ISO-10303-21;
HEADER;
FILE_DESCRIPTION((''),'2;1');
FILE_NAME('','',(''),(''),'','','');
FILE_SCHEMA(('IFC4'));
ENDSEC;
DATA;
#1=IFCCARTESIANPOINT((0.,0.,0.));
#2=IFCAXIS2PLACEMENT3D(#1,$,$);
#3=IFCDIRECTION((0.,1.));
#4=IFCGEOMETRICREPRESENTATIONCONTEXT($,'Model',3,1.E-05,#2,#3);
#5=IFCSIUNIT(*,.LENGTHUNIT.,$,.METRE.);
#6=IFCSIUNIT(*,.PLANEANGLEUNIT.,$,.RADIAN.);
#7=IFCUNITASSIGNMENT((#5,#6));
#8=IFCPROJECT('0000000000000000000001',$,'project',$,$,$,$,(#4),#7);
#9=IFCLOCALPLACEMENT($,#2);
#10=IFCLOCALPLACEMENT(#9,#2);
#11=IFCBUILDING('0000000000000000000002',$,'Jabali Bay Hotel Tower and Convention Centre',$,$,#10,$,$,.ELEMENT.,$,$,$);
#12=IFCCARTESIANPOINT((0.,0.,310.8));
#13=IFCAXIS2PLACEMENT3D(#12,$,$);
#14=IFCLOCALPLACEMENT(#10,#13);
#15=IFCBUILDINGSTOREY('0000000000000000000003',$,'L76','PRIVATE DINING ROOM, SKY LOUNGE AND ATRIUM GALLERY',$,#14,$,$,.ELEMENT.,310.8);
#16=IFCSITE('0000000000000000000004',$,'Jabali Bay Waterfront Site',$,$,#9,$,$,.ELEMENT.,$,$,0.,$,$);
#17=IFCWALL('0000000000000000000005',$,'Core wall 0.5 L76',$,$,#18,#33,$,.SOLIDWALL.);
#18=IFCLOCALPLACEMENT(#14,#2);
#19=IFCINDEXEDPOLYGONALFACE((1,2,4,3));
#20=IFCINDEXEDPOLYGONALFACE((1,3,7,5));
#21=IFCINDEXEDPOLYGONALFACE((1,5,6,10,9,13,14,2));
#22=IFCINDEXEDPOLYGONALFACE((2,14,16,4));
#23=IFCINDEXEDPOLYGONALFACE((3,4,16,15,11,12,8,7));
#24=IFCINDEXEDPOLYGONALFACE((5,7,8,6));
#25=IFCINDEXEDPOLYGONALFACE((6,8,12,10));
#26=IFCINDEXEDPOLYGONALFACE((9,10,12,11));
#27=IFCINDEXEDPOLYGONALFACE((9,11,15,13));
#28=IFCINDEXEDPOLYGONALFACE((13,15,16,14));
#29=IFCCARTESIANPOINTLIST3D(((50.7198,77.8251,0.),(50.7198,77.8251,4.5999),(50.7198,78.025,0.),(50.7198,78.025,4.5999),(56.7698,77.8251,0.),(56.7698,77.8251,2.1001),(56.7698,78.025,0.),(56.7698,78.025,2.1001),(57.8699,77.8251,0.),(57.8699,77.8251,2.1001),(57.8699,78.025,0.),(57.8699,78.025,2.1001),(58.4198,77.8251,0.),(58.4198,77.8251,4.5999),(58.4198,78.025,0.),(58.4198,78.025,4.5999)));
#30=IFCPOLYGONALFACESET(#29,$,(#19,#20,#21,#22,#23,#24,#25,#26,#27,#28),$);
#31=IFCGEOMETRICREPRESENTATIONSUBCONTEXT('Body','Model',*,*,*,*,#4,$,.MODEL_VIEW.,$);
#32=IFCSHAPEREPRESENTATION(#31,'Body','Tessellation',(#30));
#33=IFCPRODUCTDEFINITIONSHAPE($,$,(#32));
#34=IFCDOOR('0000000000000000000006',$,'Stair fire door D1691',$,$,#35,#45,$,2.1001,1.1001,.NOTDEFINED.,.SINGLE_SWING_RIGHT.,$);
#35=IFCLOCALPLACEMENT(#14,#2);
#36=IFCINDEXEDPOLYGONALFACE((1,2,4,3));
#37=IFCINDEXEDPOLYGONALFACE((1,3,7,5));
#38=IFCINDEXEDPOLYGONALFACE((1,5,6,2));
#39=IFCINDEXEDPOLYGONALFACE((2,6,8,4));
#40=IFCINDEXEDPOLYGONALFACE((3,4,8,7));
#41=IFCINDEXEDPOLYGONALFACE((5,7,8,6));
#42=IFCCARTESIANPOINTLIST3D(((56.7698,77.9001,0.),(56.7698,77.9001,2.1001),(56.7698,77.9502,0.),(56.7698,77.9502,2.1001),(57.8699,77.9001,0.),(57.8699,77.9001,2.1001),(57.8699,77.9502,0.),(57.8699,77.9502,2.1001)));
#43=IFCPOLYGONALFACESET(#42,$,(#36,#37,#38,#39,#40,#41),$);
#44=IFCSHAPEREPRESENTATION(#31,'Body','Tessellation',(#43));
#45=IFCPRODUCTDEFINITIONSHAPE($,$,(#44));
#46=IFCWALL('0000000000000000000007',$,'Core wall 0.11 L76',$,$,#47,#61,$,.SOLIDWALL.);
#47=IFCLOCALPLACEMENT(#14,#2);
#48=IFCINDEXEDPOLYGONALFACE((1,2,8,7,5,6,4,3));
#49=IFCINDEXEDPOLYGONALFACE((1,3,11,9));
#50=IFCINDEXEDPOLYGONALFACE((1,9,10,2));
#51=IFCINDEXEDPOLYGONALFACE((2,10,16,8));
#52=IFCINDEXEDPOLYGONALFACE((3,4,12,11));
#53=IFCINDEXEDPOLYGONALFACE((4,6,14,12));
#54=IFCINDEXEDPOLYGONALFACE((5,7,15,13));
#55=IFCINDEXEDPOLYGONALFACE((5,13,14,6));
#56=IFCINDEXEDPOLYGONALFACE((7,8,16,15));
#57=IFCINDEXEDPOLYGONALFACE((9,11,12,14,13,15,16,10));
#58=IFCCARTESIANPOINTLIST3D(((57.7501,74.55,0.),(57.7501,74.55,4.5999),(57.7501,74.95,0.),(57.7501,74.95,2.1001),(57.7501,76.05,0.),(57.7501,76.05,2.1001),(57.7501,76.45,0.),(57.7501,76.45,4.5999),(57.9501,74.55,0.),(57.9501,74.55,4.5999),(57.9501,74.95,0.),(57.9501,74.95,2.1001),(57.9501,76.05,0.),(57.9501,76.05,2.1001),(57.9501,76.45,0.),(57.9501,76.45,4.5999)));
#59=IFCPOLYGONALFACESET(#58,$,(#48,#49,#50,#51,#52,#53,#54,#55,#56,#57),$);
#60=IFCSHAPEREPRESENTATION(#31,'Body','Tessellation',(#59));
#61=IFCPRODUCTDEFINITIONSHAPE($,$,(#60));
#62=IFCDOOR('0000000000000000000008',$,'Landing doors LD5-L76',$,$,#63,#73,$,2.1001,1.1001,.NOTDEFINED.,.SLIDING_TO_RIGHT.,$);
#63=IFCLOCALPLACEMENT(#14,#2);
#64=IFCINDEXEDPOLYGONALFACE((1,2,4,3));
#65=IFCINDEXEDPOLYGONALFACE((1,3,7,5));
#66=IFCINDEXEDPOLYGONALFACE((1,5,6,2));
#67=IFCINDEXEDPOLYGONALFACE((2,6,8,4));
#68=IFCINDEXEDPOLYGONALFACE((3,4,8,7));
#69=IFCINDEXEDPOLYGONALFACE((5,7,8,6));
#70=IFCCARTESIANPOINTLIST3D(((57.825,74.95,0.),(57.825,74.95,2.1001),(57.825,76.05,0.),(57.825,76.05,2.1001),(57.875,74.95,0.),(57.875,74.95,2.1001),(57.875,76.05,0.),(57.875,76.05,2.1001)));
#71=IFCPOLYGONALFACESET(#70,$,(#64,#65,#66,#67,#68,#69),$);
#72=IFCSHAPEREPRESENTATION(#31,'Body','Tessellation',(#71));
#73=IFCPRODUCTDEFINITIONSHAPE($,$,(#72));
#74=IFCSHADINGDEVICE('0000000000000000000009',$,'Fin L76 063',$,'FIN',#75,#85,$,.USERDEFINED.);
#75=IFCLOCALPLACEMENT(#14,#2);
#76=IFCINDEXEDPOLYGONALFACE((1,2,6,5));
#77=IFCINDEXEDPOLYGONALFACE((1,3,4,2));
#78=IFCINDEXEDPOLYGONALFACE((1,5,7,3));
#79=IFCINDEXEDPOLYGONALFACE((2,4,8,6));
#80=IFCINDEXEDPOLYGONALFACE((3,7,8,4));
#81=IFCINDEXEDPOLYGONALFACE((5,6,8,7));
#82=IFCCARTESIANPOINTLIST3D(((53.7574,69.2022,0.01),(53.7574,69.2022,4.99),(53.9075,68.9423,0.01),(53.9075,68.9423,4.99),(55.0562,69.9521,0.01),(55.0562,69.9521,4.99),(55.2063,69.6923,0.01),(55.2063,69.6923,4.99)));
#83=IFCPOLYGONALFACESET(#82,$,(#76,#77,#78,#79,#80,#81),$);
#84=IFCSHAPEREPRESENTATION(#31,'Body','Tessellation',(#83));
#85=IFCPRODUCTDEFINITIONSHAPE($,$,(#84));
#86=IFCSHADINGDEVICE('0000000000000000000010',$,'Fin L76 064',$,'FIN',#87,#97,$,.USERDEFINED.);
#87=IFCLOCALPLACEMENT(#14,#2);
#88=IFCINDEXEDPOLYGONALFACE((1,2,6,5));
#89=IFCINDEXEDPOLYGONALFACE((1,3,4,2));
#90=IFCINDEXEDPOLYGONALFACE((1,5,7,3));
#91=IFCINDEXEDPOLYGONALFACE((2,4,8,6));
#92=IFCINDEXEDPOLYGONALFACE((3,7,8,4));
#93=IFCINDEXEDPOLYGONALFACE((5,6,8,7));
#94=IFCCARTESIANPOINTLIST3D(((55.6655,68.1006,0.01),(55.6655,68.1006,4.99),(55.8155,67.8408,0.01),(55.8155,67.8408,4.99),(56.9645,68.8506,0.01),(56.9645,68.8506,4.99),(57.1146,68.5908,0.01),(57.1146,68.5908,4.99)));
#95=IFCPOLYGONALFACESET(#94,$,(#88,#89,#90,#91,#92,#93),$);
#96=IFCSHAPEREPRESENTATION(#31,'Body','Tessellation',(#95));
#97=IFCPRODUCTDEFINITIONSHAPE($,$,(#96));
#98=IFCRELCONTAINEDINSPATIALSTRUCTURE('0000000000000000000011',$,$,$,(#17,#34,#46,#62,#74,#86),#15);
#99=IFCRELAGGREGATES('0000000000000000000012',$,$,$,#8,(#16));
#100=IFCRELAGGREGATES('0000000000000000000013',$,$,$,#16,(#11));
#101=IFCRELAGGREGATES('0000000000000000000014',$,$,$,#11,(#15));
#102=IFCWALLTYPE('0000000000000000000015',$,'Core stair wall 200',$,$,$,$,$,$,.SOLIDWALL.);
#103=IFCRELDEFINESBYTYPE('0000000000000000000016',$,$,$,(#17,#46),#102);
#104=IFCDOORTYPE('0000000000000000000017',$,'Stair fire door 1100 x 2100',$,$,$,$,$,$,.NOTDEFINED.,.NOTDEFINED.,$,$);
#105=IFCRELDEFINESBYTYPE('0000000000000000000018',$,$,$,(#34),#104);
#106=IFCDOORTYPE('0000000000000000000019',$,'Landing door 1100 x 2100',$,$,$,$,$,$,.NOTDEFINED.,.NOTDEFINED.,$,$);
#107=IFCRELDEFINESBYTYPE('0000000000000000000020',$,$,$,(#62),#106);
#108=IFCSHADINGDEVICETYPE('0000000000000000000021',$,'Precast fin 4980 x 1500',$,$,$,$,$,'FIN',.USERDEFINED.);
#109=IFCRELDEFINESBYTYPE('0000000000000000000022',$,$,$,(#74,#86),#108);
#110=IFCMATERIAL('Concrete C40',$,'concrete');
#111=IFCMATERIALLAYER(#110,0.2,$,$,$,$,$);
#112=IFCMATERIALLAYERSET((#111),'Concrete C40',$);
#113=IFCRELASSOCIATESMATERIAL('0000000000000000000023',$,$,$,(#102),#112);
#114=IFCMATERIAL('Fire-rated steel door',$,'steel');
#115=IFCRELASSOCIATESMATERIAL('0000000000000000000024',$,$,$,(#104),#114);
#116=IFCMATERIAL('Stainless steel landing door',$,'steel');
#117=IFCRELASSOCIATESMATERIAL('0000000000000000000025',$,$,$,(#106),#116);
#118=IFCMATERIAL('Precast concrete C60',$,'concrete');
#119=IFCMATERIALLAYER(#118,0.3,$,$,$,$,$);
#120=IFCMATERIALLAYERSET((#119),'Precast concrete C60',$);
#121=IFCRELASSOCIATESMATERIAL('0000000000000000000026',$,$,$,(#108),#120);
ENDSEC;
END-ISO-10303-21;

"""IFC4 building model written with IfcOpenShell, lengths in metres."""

from ifc_helpers import new_model, si_unit, direction, frame, frame_2d, origin, place, context, subcontext, project, spatial, rectangle, extrude, material, layer, layer_set, type_object, element, fill, save


model = new_model("IFC4")

# Units and contexts
model_context = context("Model", 3, precision=1e-05, world=origin(), true_north=direction((0.0, 1.0)))
body_context = subcontext(model_context, "Body", "Model", "MODEL_VIEW")
ifc_project = project(units=[si_unit("LENGTHUNIT", "METRE"), si_unit("PLANEANGLEUNIT", "RADIAN")], contexts=[model_context])

# Site, building, storey
site_placement = place(None, origin())
site = spatial("IfcSite", under=ifc_project, at=site_placement, Name="Jabali Bay Waterfront Site", CompositionType="ELEMENT", RefElevation=0.0)
building_placement = place(site_placement, origin())
building = spatial("IfcBuilding", under=site, at=building_placement, Name="Jabali Bay Hotel Tower and Convention Centre", CompositionType="ELEMENT")
storey_placement = place(building_placement, frame((0.0, 0.0, 310.8)))
storey = spatial("IfcBuildingStorey", under=building, at=storey_placement, Name="L76", Description="PRIVATE DINING ROOM, SKY LOUNGE AND ATRIUM GALLERY", CompositionType="ELEMENT", Elevation=310.8)

# Walls, openings, doors
ifc_material_1 = material(Name="Concrete C40", Category="concrete")
ifc_material_2 = material(Name="Fire-rated steel door", Category="steel")
ifc_layer_1 = layer(ifc_material_1, 0.2)
ifc_layer_set_1 = layer_set([ifc_layer_1], Name="Concrete C40")
wall_type_1 = type_object("IfcWallType", Name="Core stair wall 200", PredefinedType="SOLIDWALL", material=ifc_layer_set_1)
wall_1_placement = place(storey_placement, frame((58.4199, 77.925, 0.0), z_axis=(0.0, 0.0, 1.0), x_axis=(-1.0, 0.0, 0.0)))
wall_1 = element("IfcWall", 1, at=wall_1_placement, inside=storey, type_object=wall_type_1, Name="Core wall 0.5 L76", PredefinedType="SOLIDWALL", context=body_context, shape_type="SweptSolid", body=[
    extrude(rectangle(XDim=7.7, YDim=0.2, at=frame_2d((3.8501, 0.0))), origin(), (0.0, 0.0, 1.0), 4.5999),
])
opening_1_placement = place(wall_1_placement, frame((0.55, 0.0, 0.0)))
opening_1 = element("IfcOpeningElement", 2, at=opening_1_placement, cuts=wall_1, PredefinedType="OPENING", context=body_context, shape_type="SweptSolid", body=[
    extrude(rectangle(XDim=1.1001, YDim=2.1001, at=frame_2d((0.55, 1.05))), frame((0.0, 0.1104, 0.0), z_axis=(0.0, -1.0, 0.0), x_axis=(1.0, 0.0, 0.0)), (0.0, 0.0, 1.0), 0.2209),
])
door_type_1 = type_object("IfcDoorType", Name="Stair fire door 1100 x 2100", OperationType="NOTDEFINED", PredefinedType="NOTDEFINED", material=ifc_material_2)
door_1_placement = place(opening_1_placement, origin())
door_1 = element("IfcDoor", 3, at=door_1_placement, inside=storey, type_object=door_type_1, Name="Stair fire door D1691", OperationType="SINGLE_SWING_RIGHT", OverallHeight=2.1001, OverallWidth=1.1001, PredefinedType="NOTDEFINED", context=body_context, shape_type="SweptSolid", body=[
    extrude(rectangle(XDim=1.1001, YDim=2.1001, at=frame_2d((0.55, 1.05))), frame((0.0, 0.0249, 0.0), z_axis=(0.0, -1.0, 0.0), x_axis=(1.0, 0.0, 0.0)), (0.0, 0.0, 1.0), 0.05),
])
fill(opening_1, door_1)
wall_2_placement = place(storey_placement, frame((57.8501, 76.45, 0.0), z_axis=(0.0, 0.0, 1.0), x_axis=(0.0, -1.0, 0.0)))
wall_2 = element("IfcWall", 4, at=wall_2_placement, inside=storey, type_object=wall_type_1, Name="Core wall 0.11 L76", PredefinedType="SOLIDWALL", context=body_context, shape_type="SweptSolid", body=[
    extrude(rectangle(XDim=1.8999, YDim=0.2, at=frame_2d((0.95, 0.0))), origin(), (0.0, 0.0, 1.0), 4.5999),
])
opening_2_placement = place(wall_2_placement, frame((0.3999, 0.0, 0.0)))
opening_2 = element("IfcOpeningElement", 5, at=opening_2_placement, cuts=wall_2, PredefinedType="OPENING", context=body_context, shape_type="SweptSolid", body=[
    extrude(rectangle(XDim=1.1001, YDim=2.1001, at=frame_2d((0.55, 1.05))), frame((0.0, 0.1104, 0.0), z_axis=(0.0, -1.0, 0.0), x_axis=(1.0, 0.0, 0.0)), (0.0, 0.0, 1.0), 0.2209),
])
ifc_material_3 = material(Name="Stainless steel landing door", Category="steel")
door_type_2 = type_object("IfcDoorType", Name="Landing door 1100 x 2100", OperationType="NOTDEFINED", PredefinedType="NOTDEFINED", material=ifc_material_3)
door_2_placement = place(opening_2_placement, origin())
door_2 = element("IfcDoor", 6, at=door_2_placement, inside=storey, type_object=door_type_2, Name="Landing doors LD5-L76", OperationType="SLIDING_TO_RIGHT", OverallHeight=2.1001, OverallWidth=1.1001, PredefinedType="NOTDEFINED", context=body_context, shape_type="SweptSolid", body=[
    extrude(rectangle(XDim=1.1001, YDim=2.1001, at=frame_2d((0.55, 1.05))), frame((0.0, 0.0249, 0.0), z_axis=(0.0, -1.0, 0.0), x_axis=(1.0, 0.0, 0.0)), (0.0, 0.0, 1.0), 0.05),
])
fill(opening_2, door_2)

# Shading devices
ifc_material_4 = material(Name="Precast concrete C60", Category="concrete")
ifc_layer_2 = layer(ifc_material_4, 0.3)
ifc_layer_set_2 = layer_set([ifc_layer_2], Name="Precast concrete C60")
shading_device_type = type_object("IfcShadingDeviceType", Name="Precast fin 4980 x 1500", ElementType="FIN", PredefinedType="USERDEFINED", material=ifc_layer_set_2)
shading_device_1_placement = place(storey_placement, frame((55.1313, 69.8223, 0.01), z_axis=(0.0, 0.0, 1.0), x_axis=(-0.86599, -0.500061, 0.0)))
element("IfcShadingDevice", 7, at=shading_device_1_placement, inside=storey, type_object=shading_device_type, Name="Fin L76 063", ObjectType="FIN", PredefinedType="USERDEFINED", context=body_context, shape_type="SweptSolid", body=[
    extrude(rectangle(XDim=1.4998, YDim=0.3, at=frame_2d((0.75, 0.0))), origin(), (0.0, 0.0, 1.0), 4.98),
])
shading_device_2_placement = place(storey_placement, frame((57.0396, 68.7207, 0.01), z_axis=(0.0, 0.0, 1.0), x_axis=(-0.866031, -0.49999, 0.0)))
element("IfcShadingDevice", 8, at=shading_device_2_placement, inside=storey, type_object=shading_device_type, Name="Fin L76 064", ObjectType="FIN", PredefinedType="USERDEFINED", context=body_context, shape_type="SweptSolid", body=[
    extrude(rectangle(XDim=1.5, YDim=0.3, at=frame_2d((0.75, 0.0))), origin(), (0.0, 0.0, 1.0), 4.98),
])

save(model, "model.ifc")
